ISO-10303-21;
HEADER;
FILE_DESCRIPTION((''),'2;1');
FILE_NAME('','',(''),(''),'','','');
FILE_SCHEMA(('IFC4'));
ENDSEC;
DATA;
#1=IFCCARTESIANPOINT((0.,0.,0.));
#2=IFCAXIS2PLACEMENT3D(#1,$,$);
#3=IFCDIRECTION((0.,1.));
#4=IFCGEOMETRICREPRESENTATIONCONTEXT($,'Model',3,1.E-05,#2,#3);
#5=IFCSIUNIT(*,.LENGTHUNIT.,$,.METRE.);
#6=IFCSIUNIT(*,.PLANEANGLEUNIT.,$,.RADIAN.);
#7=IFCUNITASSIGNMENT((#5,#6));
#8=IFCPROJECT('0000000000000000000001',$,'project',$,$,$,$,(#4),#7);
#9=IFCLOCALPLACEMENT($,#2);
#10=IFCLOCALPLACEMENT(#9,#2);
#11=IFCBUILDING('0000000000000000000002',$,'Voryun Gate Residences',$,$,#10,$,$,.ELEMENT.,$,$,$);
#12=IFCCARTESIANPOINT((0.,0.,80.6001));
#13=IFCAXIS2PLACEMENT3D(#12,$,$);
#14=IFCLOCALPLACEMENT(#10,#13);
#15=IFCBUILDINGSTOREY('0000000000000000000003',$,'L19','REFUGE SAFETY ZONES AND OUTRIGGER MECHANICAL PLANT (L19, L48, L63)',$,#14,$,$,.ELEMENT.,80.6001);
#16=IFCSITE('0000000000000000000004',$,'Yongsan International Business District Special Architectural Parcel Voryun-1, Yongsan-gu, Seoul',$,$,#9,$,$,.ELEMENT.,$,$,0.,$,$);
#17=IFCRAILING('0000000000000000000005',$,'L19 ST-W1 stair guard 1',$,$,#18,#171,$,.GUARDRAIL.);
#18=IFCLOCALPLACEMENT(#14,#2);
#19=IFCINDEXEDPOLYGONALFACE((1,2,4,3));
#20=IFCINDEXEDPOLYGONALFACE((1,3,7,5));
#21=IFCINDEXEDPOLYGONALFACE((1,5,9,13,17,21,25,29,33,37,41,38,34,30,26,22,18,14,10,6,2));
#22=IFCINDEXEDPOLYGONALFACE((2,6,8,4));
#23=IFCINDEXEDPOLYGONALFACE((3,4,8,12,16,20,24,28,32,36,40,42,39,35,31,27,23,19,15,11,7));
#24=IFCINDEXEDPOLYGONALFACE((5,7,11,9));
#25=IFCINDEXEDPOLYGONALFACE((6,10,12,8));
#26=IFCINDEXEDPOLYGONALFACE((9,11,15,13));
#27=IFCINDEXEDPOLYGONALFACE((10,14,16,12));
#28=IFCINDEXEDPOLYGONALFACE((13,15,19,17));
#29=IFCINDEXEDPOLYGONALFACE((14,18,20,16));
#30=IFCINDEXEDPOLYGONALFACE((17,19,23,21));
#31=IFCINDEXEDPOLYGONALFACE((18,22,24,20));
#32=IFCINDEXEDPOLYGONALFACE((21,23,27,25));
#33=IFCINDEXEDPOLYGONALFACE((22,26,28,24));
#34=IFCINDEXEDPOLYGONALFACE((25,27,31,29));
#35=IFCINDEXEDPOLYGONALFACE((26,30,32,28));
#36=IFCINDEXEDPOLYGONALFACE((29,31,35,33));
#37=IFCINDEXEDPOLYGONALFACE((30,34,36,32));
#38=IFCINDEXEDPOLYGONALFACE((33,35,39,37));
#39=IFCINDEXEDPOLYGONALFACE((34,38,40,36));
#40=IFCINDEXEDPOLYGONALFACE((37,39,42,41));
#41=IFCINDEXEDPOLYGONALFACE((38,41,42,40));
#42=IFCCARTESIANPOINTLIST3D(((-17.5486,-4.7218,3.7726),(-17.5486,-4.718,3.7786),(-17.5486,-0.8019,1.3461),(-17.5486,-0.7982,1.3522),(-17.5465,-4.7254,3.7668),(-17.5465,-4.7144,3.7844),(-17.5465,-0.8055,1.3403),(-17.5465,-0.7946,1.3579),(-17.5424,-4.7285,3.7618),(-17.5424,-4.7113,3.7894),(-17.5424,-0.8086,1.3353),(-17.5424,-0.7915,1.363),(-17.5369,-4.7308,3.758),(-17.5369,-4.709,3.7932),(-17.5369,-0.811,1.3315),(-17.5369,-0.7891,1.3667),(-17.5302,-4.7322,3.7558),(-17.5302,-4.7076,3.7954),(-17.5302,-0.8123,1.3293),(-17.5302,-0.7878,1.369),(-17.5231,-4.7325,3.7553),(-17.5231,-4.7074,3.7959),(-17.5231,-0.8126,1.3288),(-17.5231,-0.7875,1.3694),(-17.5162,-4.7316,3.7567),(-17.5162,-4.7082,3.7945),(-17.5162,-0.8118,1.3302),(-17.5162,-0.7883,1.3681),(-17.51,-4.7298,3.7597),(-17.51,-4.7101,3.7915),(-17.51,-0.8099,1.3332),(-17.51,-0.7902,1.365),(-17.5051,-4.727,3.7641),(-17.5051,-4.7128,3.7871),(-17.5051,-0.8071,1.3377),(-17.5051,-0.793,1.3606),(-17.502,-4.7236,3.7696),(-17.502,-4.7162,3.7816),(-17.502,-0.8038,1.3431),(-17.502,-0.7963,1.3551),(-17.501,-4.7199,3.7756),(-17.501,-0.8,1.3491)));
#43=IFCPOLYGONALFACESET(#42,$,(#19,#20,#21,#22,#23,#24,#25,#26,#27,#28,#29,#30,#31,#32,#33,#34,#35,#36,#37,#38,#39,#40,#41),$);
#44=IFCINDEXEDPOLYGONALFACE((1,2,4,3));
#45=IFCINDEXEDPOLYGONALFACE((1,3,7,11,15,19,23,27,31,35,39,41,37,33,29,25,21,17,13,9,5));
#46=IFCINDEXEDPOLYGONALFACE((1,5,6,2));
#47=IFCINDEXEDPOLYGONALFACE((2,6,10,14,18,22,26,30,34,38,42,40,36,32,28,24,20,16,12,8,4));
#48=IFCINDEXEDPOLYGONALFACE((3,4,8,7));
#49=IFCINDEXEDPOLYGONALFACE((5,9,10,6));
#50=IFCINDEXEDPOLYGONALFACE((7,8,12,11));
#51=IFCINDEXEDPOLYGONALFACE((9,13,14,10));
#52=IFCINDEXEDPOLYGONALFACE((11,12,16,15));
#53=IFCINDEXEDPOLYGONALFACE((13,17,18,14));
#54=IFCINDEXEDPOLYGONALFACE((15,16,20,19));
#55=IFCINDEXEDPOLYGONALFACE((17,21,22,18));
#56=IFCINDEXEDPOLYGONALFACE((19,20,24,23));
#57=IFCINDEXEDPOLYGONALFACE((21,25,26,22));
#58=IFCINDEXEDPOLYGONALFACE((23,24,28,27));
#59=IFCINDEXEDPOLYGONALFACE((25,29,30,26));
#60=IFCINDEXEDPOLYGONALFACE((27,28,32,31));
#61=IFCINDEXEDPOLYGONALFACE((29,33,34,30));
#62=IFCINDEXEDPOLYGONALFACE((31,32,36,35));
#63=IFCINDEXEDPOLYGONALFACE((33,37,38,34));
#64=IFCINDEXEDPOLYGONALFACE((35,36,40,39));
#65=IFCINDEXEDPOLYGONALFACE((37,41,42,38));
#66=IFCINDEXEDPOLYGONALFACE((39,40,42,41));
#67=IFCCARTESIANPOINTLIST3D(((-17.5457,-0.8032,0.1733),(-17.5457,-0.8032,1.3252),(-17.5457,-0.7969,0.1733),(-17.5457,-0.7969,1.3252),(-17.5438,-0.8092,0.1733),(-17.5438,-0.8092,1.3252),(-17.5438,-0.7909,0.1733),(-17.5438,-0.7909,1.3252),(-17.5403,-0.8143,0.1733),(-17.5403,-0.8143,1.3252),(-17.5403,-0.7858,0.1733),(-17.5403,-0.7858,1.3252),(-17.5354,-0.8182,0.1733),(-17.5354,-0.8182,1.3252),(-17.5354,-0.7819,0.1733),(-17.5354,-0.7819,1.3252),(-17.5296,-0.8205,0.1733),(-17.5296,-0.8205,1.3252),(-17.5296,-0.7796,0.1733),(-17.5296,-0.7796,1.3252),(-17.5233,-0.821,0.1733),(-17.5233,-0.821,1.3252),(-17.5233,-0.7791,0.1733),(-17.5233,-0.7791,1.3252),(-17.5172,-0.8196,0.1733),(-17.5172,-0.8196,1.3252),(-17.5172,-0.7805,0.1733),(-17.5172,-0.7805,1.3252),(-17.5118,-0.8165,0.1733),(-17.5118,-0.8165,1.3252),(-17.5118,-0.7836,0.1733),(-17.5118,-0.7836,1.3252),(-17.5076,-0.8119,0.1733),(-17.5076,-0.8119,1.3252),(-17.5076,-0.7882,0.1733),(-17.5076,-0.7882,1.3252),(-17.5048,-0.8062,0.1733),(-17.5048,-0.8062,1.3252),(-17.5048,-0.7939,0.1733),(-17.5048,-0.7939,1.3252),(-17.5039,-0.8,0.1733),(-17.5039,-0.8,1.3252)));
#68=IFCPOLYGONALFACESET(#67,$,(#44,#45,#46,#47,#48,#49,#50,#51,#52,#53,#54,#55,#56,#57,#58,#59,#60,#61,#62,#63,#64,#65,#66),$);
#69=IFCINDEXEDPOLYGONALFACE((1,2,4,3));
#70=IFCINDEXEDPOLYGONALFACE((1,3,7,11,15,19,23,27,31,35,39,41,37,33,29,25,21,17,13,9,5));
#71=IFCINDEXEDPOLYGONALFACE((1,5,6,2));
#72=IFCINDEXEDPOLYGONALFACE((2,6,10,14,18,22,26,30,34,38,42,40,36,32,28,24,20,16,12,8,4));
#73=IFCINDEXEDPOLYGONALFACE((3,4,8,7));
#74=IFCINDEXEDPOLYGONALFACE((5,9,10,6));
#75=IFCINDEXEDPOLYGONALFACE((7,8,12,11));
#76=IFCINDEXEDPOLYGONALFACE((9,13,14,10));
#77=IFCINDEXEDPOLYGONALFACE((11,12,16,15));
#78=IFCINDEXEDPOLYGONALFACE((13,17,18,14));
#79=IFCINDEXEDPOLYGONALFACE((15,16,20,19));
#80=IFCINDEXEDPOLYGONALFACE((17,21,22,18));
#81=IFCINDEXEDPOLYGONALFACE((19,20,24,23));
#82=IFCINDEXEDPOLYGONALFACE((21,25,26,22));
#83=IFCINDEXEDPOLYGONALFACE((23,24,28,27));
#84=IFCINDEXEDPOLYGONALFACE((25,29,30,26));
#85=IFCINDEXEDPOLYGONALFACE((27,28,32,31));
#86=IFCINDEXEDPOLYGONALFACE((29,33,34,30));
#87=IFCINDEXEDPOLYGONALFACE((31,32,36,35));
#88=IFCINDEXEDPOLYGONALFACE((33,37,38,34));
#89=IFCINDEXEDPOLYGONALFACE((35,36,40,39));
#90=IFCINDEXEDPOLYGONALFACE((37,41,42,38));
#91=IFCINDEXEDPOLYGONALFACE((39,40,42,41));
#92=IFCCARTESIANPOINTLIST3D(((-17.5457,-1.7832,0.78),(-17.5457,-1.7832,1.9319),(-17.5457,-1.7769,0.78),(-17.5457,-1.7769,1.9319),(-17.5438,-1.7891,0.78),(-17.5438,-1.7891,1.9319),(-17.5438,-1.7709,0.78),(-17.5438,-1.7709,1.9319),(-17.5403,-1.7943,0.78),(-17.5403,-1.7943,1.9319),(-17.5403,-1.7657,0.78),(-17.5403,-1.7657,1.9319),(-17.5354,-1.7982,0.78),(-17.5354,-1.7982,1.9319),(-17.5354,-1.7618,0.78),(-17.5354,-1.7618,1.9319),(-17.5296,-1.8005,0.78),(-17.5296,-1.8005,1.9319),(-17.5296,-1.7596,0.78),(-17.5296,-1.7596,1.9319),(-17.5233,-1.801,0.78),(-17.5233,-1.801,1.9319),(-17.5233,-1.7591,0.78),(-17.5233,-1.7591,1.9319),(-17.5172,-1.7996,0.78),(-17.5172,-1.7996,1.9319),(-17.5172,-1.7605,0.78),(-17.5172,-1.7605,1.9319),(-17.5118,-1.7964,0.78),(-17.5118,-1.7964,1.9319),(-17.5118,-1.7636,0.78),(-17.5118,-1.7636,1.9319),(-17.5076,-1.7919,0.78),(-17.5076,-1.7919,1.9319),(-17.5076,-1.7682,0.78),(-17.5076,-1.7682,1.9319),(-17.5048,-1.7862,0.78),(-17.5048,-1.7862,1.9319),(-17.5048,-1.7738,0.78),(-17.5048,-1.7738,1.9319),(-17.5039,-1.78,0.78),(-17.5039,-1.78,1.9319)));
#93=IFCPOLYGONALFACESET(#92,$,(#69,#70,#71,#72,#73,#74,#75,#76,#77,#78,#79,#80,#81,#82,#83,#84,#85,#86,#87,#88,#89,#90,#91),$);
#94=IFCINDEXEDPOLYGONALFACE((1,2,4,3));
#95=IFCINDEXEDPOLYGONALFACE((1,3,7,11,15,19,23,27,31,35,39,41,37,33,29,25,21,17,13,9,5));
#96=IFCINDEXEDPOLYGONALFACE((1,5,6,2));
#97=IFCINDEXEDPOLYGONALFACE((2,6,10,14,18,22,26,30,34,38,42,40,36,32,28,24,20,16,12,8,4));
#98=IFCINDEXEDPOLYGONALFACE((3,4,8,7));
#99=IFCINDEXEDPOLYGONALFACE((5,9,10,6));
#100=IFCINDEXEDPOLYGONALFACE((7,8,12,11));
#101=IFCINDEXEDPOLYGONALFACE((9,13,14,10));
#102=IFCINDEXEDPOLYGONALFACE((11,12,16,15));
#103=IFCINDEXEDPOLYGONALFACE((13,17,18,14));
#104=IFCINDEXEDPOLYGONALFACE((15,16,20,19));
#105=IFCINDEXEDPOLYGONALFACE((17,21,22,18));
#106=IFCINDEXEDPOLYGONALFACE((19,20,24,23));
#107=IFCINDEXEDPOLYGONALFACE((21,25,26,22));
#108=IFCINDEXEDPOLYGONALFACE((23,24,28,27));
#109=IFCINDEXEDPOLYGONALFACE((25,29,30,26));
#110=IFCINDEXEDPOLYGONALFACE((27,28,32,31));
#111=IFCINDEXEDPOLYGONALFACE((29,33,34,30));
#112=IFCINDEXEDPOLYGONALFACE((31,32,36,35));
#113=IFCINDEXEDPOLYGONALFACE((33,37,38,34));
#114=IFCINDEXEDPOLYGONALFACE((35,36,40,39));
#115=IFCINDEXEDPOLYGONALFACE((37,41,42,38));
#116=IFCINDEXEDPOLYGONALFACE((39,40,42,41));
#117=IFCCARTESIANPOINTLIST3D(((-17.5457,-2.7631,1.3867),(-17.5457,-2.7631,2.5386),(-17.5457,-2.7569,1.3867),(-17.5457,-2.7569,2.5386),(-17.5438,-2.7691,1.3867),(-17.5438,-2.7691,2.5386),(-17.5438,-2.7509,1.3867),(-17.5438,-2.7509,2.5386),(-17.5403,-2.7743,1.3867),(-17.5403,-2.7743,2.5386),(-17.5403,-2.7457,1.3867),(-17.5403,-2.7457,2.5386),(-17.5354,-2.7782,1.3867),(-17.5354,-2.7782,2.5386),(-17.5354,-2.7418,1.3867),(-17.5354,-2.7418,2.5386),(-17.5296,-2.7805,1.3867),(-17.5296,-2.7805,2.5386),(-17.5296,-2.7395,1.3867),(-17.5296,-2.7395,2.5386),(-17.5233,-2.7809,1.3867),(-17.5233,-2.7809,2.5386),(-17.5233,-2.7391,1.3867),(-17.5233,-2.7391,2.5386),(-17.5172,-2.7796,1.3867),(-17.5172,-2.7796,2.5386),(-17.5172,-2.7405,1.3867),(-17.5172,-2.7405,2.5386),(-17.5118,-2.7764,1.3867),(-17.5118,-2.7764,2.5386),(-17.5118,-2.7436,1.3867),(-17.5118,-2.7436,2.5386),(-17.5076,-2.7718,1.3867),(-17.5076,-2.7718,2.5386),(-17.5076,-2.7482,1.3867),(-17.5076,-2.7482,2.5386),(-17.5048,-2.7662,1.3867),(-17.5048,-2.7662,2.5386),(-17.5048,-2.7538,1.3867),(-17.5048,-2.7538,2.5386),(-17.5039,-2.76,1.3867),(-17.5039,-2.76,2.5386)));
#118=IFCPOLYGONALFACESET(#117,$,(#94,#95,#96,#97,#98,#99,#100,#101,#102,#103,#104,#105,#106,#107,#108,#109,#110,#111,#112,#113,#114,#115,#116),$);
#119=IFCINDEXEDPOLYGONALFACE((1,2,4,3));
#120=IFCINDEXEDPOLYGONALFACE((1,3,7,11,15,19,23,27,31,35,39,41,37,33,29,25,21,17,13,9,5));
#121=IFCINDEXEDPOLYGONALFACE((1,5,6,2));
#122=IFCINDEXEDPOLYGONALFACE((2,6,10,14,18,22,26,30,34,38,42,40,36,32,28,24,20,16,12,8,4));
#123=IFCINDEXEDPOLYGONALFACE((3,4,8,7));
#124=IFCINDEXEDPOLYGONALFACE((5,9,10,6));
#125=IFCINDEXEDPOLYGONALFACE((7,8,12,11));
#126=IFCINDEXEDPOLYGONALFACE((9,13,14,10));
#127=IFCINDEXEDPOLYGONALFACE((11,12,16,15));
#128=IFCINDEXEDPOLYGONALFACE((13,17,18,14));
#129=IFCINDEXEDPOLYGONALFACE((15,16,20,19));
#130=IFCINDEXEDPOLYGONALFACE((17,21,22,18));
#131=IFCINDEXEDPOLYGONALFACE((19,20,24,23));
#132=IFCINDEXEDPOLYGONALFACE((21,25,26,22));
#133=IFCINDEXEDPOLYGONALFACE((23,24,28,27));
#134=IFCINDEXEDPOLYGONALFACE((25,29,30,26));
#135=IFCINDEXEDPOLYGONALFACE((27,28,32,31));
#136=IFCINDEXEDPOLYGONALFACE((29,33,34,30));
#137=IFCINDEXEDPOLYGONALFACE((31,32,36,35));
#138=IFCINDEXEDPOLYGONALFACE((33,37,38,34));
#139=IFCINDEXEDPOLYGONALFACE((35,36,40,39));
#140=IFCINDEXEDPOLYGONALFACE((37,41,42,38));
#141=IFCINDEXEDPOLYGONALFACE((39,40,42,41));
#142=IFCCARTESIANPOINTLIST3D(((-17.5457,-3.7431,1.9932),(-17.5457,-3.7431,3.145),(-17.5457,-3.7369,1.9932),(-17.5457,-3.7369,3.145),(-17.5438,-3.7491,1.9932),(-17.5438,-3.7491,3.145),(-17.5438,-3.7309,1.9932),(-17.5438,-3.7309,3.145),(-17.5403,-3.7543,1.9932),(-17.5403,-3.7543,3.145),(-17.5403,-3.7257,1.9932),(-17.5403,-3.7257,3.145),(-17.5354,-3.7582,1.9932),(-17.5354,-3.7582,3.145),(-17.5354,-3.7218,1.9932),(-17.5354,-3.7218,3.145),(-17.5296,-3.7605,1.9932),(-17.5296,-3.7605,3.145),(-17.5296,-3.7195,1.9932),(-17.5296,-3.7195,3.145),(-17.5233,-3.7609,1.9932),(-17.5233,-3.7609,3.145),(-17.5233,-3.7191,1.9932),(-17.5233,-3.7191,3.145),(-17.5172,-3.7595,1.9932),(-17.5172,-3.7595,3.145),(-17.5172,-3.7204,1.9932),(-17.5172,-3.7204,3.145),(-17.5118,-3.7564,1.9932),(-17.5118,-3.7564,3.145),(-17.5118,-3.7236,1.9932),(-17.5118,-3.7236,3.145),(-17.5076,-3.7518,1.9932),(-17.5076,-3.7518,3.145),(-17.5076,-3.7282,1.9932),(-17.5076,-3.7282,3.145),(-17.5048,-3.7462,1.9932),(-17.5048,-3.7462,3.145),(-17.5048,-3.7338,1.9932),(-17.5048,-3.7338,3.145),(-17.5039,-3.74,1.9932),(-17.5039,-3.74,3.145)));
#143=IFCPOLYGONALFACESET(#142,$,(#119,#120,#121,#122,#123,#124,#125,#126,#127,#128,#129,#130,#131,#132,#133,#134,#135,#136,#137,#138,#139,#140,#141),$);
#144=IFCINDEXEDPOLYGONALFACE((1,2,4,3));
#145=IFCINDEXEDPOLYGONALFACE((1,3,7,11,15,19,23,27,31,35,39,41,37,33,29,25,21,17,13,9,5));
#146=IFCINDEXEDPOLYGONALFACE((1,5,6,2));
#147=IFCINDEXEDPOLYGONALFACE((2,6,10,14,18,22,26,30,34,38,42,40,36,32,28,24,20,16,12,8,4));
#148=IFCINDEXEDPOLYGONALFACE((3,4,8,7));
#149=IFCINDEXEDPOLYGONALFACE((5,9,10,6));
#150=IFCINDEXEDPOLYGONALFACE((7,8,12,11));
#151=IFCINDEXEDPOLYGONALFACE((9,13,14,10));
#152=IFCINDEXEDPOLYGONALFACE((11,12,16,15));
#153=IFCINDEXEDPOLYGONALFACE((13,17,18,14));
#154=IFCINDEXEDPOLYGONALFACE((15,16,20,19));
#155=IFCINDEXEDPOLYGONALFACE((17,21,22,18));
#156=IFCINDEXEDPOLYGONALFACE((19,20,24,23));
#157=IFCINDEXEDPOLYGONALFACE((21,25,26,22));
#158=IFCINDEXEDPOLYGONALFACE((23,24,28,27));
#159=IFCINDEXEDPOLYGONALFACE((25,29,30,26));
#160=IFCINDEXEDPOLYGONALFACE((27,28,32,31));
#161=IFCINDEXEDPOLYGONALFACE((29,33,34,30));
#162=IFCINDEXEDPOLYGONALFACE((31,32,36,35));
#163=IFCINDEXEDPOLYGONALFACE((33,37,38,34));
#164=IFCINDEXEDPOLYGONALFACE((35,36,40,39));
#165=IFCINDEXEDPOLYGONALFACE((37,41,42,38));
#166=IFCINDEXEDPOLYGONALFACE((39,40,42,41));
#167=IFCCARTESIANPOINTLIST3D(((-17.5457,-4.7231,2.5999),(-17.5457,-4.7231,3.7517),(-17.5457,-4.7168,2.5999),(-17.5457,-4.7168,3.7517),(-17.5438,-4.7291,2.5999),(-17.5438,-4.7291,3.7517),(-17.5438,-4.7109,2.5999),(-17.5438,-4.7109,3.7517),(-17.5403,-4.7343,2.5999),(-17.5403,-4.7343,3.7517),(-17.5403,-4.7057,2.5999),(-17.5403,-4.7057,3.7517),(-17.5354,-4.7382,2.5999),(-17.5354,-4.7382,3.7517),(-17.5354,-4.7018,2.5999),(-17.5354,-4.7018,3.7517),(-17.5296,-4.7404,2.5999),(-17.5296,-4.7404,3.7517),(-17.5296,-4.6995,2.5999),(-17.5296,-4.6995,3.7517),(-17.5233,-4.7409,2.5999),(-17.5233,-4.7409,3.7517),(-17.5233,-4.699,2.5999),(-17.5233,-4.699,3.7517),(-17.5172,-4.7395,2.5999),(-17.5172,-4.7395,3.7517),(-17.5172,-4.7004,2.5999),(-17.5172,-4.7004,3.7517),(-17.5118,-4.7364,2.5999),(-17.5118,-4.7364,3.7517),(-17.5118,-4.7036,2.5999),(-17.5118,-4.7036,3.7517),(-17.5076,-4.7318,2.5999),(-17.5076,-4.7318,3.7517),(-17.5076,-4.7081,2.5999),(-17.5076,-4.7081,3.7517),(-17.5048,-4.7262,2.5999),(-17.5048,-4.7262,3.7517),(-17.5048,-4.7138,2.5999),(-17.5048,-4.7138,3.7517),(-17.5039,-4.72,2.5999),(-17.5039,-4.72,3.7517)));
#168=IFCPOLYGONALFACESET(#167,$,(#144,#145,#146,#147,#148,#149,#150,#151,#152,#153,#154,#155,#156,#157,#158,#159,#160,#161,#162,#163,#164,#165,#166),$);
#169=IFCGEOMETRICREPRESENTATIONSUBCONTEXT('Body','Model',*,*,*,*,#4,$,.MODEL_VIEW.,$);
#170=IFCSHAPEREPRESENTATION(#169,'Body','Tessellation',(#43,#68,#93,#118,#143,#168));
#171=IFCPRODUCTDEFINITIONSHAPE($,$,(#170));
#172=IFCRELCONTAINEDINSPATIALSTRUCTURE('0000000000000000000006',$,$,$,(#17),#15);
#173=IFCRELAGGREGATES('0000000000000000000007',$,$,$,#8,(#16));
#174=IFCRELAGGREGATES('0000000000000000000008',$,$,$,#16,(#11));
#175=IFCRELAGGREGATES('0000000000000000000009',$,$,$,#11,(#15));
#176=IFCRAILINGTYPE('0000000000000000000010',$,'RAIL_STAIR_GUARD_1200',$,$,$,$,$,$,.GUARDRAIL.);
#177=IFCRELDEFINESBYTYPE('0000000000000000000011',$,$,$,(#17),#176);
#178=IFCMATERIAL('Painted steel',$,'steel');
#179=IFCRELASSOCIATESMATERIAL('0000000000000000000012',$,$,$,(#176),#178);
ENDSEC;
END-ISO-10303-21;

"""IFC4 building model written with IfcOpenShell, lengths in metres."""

from ifc_helpers import new_model, si_unit, direction, frame, origin, origin_2d, place, context, subcontext, project, spatial, circle, extrude, material, type_object, element, save


model = new_model("IFC4")

# Units and contexts
model_context = context("Model", 3, precision=1e-05, world=origin(), true_north=direction((0.0, 1.0)))
body_context = subcontext(model_context, "Body", "Model", "MODEL_VIEW")
ifc_project = project(units=[si_unit("LENGTHUNIT", "METRE"), si_unit("PLANEANGLEUNIT", "RADIAN")], contexts=[model_context])

# Site, building, storey
site_placement = place(None, origin())
site = spatial("IfcSite", under=ifc_project, at=site_placement, Name="Yongsan International Business District Special Architectural Parcel Voryun-1, Yongsan-gu, Seoul", CompositionType="ELEMENT", RefElevation=0.0)
building_placement = place(site_placement, origin())
building = spatial("IfcBuilding", under=site, at=building_placement, Name="Voryun Gate Residences", CompositionType="ELEMENT")
storey_placement = place(building_placement, frame((0.0, 0.0, 80.6001)))
storey = spatial("IfcBuildingStorey", under=building, at=storey_placement, Name="L19", Description="REFUGE SAFETY ZONES AND OUTRIGGER MECHANICAL PLANT (L19, L48, L63)", CompositionType="ELEMENT", Elevation=80.6001)

# Railing
ifc_material_1 = material(Name="Painted steel", Category="steel")
railing_type_1 = type_object("IfcRailingType", Name="RAIL_STAIR_GUARD_1200", PredefinedType="GUARDRAIL", material=ifc_material_1)
railing_1_placement = place(storey_placement, frame((-17.5249, -0.8, 0.1733)))
element("IfcRailing", 1, at=railing_1_placement, inside=storey, type_object=railing_type_1, Name="L19 ST-W1 stair guard 1", PredefinedType="GUARDRAIL", context=body_context, shape_type="SweptSolid", body=[
    extrude(circle(Radius=0.0239, at=origin_2d()), frame((0.0, 0.0, 1.1758), z_axis=(0.0, -0.850275, 0.526338), x_axis=(1.0, 0.0, 0.0)), (0.0, 0.0, 1.0), 4.6101),
    extrude(circle(Radius=0.021, at=origin_2d()), origin(), (0.0, 0.0, 1.0), 1.1519),
    extrude(circle(Radius=0.021, at=origin_2d()), frame((0.0, -0.98, 0.6067)), (0.0, 0.0, 1.0), 1.1519),
    extrude(circle(Radius=0.021, at=origin_2d()), frame((0.0, -1.96, 1.2134)), (0.0, 0.0, 1.0), 1.1519),
    extrude(circle(Radius=0.021, at=origin_2d()), frame((0.0, -2.9399, 1.8198)), (0.0, 0.0, 1.0), 1.1519),
    extrude(circle(Radius=0.021, at=origin_2d()), frame((0.0, -3.9199, 2.4265)), (0.0, 0.0, 1.0), 1.1519),
])

save(model, "model.ifc")
